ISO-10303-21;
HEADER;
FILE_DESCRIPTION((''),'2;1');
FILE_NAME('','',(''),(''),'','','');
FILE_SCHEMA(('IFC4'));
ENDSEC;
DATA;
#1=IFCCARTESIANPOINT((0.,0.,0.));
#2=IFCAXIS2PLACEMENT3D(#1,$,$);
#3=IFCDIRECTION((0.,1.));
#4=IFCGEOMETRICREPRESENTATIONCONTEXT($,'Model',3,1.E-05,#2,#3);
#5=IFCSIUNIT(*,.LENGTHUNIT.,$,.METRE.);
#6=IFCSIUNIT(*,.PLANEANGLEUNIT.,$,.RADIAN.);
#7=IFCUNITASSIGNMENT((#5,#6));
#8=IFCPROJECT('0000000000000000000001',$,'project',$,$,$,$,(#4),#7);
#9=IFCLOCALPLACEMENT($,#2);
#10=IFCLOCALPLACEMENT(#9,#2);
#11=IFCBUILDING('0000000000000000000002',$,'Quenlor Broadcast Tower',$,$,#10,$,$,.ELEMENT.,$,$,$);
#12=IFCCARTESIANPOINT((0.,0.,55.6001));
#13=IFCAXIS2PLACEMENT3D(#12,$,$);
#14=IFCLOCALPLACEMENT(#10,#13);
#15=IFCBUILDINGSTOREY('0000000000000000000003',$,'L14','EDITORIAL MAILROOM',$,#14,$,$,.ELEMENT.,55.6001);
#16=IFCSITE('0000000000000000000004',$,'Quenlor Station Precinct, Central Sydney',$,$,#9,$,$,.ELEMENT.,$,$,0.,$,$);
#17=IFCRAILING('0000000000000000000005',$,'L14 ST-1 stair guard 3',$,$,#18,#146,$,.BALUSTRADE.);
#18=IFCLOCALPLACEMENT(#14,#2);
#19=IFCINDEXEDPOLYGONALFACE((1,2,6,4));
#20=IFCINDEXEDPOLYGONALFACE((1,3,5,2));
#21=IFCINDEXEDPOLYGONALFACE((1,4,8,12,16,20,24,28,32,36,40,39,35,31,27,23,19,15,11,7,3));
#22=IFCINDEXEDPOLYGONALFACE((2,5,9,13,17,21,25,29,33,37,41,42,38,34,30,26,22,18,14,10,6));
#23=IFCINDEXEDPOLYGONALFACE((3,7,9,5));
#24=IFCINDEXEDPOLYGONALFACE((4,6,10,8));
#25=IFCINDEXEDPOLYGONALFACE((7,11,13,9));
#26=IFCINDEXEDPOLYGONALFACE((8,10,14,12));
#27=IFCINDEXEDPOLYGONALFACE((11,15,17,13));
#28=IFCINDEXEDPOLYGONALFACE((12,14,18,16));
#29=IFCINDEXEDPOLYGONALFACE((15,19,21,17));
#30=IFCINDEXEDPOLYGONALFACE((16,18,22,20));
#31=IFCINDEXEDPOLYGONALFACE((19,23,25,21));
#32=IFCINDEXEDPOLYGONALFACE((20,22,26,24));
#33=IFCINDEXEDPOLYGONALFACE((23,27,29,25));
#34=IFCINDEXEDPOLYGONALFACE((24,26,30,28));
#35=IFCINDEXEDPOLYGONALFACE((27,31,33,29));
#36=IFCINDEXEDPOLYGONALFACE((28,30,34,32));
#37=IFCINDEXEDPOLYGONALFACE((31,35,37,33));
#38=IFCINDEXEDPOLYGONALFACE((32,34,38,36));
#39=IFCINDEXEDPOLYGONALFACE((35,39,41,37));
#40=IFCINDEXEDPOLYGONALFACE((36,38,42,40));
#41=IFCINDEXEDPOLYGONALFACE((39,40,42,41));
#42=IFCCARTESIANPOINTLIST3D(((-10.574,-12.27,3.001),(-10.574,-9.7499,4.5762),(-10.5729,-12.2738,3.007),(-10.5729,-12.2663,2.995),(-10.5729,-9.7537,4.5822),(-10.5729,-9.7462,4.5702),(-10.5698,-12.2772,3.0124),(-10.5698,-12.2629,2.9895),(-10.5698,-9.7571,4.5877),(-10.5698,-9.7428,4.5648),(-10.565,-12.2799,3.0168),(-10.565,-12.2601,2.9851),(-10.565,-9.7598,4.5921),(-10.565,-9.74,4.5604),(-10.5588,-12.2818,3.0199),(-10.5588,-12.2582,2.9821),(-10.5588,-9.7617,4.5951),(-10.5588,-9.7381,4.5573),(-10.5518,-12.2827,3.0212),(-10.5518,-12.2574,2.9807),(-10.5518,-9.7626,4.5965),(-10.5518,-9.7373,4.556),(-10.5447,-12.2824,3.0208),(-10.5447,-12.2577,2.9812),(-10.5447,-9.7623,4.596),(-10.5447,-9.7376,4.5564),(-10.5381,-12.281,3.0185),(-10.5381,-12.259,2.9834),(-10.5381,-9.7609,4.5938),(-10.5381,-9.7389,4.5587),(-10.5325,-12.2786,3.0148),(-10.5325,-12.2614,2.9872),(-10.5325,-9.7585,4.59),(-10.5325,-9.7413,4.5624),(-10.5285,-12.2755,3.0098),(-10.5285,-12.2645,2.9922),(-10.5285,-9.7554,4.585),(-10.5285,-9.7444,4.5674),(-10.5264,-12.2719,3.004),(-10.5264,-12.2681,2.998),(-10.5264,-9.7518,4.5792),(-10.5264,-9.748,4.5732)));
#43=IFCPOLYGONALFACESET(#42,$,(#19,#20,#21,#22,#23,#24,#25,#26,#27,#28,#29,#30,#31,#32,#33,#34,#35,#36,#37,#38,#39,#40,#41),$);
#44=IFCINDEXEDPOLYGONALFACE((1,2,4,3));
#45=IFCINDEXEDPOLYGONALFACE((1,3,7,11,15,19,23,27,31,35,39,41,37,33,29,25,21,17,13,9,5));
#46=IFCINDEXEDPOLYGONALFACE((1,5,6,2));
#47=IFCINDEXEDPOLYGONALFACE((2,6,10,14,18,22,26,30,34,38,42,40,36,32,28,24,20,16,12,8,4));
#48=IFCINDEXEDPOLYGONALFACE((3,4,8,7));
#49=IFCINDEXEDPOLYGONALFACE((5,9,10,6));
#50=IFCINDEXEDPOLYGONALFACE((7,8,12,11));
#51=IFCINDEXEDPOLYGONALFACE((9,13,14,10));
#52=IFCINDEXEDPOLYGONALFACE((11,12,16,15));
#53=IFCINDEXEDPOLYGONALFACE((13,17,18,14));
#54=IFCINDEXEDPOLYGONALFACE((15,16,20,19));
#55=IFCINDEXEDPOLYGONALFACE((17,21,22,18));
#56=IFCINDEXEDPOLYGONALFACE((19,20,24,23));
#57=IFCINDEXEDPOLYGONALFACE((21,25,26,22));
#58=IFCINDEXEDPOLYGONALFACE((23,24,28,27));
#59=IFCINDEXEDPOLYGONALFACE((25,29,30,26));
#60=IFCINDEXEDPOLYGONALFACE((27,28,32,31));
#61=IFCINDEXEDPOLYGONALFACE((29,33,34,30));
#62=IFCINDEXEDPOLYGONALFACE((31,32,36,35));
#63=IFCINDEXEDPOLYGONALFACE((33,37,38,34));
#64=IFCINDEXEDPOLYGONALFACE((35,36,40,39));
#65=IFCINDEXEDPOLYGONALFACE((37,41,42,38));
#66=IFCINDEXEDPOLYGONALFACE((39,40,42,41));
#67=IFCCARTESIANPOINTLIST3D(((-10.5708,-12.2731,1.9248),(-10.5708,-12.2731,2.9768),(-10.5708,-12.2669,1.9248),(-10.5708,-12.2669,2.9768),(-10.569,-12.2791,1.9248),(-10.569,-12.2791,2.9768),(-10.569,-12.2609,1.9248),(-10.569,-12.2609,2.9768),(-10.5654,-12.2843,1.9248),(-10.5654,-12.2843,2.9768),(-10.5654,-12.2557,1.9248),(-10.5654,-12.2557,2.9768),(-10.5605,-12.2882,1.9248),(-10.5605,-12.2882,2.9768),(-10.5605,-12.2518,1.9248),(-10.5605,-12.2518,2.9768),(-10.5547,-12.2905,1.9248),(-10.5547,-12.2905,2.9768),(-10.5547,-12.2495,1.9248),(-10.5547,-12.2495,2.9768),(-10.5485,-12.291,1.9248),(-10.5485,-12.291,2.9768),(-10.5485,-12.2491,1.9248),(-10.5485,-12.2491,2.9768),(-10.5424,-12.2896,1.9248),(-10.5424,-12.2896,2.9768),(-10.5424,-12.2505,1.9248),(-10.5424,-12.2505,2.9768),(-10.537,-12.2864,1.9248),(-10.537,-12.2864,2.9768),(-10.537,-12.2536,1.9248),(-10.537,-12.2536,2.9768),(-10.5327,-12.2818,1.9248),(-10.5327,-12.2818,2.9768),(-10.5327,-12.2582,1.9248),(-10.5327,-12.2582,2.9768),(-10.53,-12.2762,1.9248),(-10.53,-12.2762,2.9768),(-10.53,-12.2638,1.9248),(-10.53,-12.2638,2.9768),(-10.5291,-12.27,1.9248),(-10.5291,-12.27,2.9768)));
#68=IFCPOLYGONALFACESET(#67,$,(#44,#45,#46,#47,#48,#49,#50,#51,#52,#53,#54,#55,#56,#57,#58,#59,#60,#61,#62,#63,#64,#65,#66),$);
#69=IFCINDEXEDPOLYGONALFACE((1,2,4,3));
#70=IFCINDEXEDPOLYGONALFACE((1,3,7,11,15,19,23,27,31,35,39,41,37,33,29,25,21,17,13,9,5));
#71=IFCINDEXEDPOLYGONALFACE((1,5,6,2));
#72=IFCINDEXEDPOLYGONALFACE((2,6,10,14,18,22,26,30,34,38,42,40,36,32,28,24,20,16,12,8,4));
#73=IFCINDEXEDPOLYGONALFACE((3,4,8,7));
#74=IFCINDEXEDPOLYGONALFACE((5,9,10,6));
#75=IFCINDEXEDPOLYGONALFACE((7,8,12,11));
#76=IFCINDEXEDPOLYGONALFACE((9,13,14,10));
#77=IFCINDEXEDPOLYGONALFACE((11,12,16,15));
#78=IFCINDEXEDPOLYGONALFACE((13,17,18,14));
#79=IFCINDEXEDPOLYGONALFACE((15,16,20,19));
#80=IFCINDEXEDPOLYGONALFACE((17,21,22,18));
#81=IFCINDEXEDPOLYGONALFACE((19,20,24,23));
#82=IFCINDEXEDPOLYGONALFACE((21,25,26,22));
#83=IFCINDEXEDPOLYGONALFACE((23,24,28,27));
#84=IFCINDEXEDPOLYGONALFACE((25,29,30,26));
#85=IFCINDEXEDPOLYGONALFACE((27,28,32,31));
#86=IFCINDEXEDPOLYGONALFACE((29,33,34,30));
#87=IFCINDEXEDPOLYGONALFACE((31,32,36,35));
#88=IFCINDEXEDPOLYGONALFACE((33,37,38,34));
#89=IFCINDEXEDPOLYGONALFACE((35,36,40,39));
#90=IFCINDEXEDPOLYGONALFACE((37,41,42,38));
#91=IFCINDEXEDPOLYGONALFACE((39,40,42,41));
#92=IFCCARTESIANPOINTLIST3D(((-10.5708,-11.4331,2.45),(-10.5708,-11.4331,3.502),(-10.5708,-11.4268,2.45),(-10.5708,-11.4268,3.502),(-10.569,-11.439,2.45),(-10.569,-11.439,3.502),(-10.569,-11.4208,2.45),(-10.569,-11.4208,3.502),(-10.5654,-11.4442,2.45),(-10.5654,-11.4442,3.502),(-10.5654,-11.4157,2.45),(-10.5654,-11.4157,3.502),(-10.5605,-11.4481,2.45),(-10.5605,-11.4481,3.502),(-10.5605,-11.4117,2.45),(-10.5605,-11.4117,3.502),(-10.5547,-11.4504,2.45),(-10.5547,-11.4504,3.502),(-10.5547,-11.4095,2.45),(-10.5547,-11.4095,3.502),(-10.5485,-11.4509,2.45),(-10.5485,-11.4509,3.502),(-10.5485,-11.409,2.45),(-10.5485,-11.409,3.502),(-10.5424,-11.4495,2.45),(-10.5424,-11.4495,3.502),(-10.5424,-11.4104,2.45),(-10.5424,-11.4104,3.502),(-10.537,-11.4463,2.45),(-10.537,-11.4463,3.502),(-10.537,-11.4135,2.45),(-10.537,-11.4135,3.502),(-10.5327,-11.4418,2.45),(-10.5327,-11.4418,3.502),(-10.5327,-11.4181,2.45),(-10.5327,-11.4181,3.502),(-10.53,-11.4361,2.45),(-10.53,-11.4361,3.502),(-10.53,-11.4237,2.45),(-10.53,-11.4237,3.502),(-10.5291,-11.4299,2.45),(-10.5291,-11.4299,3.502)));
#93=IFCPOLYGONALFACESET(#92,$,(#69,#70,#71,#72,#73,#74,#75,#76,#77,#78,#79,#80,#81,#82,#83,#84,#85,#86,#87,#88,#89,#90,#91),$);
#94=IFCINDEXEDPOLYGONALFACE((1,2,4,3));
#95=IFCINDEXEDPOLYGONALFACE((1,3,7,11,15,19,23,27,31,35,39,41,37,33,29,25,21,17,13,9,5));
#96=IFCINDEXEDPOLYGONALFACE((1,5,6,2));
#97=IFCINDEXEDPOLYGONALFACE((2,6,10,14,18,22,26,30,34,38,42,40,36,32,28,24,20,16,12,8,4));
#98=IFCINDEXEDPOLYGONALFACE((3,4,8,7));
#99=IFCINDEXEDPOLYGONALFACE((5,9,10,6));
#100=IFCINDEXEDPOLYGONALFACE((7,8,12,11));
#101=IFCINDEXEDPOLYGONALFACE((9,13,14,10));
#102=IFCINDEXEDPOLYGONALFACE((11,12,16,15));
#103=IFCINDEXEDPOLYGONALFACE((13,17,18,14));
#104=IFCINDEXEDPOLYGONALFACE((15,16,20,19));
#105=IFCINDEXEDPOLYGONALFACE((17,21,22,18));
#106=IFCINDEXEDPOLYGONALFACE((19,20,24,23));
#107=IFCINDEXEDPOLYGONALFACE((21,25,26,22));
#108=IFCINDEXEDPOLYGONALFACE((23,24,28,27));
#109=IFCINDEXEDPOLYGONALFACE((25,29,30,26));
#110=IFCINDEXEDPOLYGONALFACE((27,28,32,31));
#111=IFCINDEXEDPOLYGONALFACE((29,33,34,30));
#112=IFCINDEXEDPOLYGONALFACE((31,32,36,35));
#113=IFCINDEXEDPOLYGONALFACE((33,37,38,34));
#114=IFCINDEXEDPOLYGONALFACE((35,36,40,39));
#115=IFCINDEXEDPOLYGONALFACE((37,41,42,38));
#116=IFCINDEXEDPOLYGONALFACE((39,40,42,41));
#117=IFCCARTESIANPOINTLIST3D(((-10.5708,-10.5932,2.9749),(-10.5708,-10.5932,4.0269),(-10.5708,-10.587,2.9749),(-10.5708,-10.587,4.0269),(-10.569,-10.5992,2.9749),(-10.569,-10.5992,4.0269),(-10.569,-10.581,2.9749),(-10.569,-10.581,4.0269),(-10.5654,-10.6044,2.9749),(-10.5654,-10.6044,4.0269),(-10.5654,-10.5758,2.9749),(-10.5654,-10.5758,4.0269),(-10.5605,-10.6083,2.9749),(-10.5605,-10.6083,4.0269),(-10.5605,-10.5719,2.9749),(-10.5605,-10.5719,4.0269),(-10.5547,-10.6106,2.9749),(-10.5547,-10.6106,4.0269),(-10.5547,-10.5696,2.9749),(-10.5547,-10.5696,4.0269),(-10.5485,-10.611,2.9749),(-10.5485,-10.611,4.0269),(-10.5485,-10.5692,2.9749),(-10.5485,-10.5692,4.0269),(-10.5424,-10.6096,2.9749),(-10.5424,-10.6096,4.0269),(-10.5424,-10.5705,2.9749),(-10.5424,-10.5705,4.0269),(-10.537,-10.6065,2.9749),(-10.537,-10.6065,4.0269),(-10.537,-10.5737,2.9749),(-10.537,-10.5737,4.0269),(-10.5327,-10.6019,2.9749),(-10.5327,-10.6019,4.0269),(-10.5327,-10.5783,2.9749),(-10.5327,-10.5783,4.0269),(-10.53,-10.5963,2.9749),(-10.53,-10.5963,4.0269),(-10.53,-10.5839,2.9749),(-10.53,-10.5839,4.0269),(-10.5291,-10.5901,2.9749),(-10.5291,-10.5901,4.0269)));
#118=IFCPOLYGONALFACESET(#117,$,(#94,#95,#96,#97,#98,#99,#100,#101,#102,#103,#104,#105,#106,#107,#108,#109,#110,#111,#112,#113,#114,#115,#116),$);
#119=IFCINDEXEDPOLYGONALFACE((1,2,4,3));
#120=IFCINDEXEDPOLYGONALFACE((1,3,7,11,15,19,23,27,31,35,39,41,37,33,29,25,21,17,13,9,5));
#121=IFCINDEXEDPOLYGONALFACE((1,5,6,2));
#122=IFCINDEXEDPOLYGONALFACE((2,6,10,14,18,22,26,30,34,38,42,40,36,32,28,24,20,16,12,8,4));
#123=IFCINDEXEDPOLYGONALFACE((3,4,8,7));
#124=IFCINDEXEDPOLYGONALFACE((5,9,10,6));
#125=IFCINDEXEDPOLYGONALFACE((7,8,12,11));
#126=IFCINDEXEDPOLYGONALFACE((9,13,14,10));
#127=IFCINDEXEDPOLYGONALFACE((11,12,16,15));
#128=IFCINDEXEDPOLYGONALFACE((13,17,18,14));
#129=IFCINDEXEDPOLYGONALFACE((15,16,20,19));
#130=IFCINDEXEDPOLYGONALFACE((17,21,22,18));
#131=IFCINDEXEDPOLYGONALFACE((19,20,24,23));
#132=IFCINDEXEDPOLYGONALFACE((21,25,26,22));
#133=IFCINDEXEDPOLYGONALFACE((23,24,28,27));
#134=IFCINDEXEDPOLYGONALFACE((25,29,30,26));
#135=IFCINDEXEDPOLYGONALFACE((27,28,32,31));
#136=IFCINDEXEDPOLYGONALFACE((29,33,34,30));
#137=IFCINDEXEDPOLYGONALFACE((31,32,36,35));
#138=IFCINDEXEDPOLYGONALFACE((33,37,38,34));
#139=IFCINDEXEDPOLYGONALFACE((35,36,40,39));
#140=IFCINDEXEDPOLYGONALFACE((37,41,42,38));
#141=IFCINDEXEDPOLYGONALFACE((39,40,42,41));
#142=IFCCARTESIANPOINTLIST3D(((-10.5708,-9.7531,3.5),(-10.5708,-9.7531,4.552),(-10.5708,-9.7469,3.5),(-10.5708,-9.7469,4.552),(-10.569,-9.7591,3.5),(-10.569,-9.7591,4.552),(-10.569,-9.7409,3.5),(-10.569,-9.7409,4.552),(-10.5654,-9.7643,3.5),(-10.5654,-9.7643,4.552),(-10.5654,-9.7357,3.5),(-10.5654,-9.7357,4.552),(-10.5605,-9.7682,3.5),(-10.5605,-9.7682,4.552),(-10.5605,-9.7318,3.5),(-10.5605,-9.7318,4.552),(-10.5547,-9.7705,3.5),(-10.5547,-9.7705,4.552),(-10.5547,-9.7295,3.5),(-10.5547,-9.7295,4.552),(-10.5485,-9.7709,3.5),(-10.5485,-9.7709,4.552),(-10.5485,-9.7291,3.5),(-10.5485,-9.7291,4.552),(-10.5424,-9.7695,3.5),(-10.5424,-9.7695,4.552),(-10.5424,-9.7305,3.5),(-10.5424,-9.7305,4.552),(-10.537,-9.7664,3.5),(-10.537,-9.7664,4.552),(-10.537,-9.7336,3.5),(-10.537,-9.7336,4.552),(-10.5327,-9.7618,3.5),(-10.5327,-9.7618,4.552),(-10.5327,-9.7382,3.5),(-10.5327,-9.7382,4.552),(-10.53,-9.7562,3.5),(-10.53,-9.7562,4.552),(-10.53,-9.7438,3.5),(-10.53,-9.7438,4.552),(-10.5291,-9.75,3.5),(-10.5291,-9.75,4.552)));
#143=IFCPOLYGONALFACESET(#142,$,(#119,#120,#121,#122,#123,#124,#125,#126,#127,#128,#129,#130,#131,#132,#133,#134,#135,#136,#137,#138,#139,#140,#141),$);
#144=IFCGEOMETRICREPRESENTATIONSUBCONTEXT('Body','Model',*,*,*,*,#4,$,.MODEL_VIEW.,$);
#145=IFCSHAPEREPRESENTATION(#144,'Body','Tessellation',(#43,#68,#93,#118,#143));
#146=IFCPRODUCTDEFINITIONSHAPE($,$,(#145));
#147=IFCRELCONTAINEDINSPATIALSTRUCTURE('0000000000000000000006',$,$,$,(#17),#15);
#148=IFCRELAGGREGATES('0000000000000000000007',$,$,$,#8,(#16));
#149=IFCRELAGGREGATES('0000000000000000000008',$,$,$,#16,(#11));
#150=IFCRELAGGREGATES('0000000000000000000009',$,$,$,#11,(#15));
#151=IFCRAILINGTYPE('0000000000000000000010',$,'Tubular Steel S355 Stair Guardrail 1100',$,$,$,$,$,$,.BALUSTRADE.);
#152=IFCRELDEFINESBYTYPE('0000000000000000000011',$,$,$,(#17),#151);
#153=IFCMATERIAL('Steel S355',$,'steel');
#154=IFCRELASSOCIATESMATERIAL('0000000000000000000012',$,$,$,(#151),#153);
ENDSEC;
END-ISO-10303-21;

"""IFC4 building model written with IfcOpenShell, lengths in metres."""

from ifc_helpers import new_model, si_unit, direction, frame, origin, origin_2d, place, context, subcontext, project, spatial, circle, extrude, material, type_object, element, save


model = new_model("IFC4")

# Units and contexts
model_context = context("Model", 3, precision=1e-05, world=origin(), true_north=direction((0.0, 1.0)))
body_context = subcontext(model_context, "Body", "Model", "MODEL_VIEW")
ifc_project = project(units=[si_unit("LENGTHUNIT", "METRE"), si_unit("PLANEANGLEUNIT", "RADIAN")], contexts=[model_context])

# Site, building, storey
site_placement = place(None, origin())
site = spatial("IfcSite", under=ifc_project, at=site_placement, Name="Quenlor Station Precinct, Central Sydney", CompositionType="ELEMENT", RefElevation=0.0)
building_placement = place(site_placement, origin())
building = spatial("IfcBuilding", under=site, at=building_placement, Name="Quenlor Broadcast Tower", CompositionType="ELEMENT")
storey_placement = place(building_placement, frame((0.0, 0.0, 55.6001)))
storey = spatial("IfcBuildingStorey", under=building, at=storey_placement, Name="L14", Description="EDITORIAL MAILROOM", CompositionType="ELEMENT", Elevation=55.6001)

# Railing
ifc_material_1 = material(Name="Steel S355", Category="steel")
railing_type_1 = type_object("IfcRailingType", Name="Tubular Steel S355 Stair Guardrail 1100", PredefinedType="BALUSTRADE", material=ifc_material_1)
railing_1_placement = place(storey_placement, frame((-10.55, -12.27, 1.9248)))
element("IfcRailing", 1, at=railing_1_placement, inside=storey, type_object=railing_type_1, Name="L14 ST-1 stair guard 3", PredefinedType="BALUSTRADE", context=body_context, shape_type="SweptSolid", body=[
    extrude(circle(Radius=0.0239, at=origin_2d()), frame((0.0, 0.0, 1.0762), z_axis=(0.0, 0.847971, 0.530043), x_axis=(-1.0, 0.0, 0.0)), (0.0, 0.0, 1.0), 2.9719),
    extrude(circle(Radius=0.021, at=origin_2d()), origin(), (0.0, 0.0, 1.0), 1.052),
    extrude(circle(Radius=0.021, at=origin_2d()), frame((0.0, 0.8401, 0.5251)), (0.0, 0.0, 1.0), 1.052),
    extrude(circle(Radius=0.021, at=origin_2d()), frame((0.0, 1.6799, 1.05)), (0.0, 0.0, 1.0), 1.052),
    extrude(circle(Radius=0.021, at=origin_2d()), frame((0.0, 2.52, 1.5752)), (0.0, 0.0, 1.0), 1.052),
])

save(model, "model.ifc")
